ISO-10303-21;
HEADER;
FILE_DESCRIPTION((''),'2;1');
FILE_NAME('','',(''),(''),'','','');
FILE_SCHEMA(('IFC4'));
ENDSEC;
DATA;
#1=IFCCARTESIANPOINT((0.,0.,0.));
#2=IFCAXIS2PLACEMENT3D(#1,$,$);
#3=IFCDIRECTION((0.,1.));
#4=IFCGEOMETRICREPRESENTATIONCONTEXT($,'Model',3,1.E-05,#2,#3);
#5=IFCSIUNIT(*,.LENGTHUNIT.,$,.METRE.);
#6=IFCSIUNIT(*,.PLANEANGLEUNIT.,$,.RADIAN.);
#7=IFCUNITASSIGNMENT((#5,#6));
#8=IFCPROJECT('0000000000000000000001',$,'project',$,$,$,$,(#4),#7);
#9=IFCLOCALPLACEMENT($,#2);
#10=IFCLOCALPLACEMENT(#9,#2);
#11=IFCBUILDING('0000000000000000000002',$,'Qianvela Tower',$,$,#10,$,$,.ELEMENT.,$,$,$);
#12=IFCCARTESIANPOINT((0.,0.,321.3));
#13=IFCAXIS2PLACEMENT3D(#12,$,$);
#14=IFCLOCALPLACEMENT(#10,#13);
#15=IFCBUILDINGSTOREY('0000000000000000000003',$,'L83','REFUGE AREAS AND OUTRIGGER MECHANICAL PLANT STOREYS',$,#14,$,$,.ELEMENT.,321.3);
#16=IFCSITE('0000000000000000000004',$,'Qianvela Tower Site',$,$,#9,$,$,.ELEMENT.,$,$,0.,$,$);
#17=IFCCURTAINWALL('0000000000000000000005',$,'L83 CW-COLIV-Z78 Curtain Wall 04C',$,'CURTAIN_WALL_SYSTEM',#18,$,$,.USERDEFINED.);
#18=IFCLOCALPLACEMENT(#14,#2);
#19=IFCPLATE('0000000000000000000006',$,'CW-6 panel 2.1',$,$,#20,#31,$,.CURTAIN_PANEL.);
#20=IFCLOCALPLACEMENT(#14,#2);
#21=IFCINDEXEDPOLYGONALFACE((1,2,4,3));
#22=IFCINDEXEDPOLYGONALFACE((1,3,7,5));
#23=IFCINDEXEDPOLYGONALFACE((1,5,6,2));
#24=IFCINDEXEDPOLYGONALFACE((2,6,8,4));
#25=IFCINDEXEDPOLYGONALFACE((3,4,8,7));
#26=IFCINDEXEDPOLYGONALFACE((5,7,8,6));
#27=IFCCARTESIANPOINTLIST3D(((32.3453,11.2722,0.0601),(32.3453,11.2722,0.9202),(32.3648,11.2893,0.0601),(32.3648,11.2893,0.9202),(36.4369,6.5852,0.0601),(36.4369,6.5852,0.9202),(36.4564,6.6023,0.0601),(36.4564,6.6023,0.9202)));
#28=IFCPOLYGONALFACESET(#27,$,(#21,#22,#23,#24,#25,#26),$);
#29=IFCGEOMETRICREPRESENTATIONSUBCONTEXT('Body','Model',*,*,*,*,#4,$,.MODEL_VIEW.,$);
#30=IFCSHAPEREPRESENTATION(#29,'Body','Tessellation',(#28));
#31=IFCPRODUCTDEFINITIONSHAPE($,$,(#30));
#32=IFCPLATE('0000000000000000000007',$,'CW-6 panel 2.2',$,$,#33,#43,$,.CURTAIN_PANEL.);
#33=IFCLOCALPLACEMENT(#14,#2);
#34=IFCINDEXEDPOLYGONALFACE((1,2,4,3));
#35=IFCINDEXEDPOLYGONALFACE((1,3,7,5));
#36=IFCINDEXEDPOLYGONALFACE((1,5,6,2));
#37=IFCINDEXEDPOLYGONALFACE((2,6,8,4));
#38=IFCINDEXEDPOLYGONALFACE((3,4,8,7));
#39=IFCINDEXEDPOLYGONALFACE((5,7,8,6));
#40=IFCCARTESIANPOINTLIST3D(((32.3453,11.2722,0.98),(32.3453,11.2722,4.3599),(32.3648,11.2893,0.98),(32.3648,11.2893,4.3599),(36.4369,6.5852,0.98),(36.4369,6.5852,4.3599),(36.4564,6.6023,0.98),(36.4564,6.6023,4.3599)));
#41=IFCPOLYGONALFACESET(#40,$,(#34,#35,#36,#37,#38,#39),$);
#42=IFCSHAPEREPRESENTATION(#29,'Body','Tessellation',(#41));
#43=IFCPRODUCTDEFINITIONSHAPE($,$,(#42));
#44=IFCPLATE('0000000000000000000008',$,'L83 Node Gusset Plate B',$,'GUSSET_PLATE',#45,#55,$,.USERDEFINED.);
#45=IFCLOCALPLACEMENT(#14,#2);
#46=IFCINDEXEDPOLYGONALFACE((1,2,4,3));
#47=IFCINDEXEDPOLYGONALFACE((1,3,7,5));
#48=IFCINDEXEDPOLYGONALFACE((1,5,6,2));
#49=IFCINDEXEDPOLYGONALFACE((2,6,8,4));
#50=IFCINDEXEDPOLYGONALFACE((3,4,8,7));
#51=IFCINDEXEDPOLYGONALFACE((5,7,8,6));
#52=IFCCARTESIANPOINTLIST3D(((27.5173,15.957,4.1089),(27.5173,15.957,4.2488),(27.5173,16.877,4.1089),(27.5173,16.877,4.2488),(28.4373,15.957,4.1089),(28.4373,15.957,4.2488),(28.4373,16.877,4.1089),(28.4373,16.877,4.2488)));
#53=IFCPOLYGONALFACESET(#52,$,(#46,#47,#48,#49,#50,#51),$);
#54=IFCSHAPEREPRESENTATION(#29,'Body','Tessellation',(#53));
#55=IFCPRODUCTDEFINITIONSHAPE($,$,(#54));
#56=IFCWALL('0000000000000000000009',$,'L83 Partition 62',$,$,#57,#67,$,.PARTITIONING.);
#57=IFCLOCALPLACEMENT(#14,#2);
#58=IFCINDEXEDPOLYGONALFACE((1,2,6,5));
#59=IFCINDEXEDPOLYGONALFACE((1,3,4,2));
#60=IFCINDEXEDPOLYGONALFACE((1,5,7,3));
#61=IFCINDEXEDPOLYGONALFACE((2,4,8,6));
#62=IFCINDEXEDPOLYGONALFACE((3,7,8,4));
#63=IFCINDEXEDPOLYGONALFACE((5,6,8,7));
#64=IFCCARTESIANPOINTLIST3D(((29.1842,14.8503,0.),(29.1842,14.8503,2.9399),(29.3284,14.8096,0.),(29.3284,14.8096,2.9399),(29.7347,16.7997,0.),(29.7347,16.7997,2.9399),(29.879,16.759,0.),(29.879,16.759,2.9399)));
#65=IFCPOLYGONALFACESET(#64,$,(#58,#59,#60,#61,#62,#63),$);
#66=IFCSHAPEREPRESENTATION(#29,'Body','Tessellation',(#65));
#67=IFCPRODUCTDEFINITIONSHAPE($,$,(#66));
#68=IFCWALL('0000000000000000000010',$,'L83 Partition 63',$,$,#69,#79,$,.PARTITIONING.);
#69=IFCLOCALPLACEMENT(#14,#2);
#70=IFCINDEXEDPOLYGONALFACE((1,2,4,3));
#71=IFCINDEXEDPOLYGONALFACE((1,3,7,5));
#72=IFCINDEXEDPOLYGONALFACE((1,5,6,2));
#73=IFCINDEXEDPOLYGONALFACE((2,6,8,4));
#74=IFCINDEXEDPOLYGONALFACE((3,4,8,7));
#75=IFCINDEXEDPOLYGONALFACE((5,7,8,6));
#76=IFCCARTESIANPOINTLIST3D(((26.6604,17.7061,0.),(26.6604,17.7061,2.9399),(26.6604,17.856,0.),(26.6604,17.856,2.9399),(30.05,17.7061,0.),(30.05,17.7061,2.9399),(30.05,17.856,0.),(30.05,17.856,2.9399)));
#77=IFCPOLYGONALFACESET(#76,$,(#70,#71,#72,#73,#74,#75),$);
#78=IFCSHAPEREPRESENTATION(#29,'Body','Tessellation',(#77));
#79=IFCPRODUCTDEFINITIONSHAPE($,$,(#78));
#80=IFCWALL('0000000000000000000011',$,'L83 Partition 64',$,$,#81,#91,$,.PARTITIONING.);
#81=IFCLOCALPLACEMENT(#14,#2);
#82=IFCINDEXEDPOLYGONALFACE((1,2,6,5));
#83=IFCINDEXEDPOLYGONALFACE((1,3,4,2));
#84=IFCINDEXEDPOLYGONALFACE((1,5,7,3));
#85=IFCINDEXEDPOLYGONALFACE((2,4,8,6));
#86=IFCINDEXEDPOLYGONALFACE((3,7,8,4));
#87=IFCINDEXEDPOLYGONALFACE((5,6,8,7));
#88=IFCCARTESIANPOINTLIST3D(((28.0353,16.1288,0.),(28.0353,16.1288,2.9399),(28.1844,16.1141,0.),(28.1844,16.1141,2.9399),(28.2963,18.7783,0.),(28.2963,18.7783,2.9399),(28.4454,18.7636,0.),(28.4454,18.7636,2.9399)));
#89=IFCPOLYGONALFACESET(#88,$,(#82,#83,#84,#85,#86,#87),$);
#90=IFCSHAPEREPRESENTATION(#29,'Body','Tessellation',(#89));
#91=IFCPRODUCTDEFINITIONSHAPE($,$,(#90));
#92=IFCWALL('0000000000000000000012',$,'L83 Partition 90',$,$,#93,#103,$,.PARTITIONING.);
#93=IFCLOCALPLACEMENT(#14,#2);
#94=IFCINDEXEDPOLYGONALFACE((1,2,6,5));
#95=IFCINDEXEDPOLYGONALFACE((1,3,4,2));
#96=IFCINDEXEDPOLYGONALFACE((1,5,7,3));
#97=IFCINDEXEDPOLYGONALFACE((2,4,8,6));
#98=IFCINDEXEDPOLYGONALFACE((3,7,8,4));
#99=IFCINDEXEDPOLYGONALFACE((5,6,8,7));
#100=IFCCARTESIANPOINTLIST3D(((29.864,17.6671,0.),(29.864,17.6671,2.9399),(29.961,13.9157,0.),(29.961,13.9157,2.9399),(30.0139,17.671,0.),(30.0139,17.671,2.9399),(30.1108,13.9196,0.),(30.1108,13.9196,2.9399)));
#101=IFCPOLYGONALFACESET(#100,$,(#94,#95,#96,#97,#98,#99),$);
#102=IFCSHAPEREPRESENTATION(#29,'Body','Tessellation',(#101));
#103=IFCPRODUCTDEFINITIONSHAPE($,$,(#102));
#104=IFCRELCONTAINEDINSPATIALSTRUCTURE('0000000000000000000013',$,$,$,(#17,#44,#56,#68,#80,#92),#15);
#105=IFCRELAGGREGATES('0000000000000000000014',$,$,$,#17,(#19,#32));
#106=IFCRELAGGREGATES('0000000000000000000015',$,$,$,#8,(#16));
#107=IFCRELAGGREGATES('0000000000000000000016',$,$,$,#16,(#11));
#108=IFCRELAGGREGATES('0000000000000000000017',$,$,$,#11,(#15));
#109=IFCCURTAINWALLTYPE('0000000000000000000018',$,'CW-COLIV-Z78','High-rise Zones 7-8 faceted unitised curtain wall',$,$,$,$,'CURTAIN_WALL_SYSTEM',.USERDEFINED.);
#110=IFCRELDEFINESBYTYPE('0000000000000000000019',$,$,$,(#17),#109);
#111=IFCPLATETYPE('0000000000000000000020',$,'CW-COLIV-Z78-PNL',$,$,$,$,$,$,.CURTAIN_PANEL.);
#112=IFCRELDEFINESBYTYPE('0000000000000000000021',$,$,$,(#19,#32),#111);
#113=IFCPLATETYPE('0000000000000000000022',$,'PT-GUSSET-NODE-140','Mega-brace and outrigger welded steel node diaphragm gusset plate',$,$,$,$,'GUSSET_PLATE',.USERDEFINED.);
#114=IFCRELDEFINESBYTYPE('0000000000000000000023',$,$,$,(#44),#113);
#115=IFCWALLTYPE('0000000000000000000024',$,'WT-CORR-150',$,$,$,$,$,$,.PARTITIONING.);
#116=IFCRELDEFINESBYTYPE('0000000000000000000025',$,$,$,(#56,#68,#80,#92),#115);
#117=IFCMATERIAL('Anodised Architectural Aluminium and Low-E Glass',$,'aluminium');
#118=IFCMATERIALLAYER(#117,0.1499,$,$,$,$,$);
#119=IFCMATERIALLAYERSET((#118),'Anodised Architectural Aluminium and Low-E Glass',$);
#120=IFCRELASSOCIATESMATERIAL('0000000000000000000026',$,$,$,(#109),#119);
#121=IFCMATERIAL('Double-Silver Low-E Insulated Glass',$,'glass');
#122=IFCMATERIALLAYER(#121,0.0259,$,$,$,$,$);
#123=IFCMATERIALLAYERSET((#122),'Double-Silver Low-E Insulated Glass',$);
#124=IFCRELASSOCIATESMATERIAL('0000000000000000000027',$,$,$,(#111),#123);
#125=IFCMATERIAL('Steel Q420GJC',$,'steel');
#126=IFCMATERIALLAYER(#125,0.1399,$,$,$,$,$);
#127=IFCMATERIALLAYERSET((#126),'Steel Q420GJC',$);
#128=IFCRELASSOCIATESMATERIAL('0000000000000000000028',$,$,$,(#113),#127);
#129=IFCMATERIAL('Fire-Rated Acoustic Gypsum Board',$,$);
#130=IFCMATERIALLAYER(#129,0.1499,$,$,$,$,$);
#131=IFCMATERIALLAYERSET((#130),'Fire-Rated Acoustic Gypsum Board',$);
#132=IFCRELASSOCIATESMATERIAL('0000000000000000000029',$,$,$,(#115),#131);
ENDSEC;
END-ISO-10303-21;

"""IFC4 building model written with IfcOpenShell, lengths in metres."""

from ifc_helpers import new_model, si_unit, direction, frame, frame_2d, origin, origin_2d, place, context, subcontext, project, spatial, rectangle, extrude, material, layer, layer_set, type_object, element, aggregate, save


model = new_model("IFC4")

# Units and contexts
model_context = context("Model", 3, precision=1e-05, world=origin(), true_north=direction((0.0, 1.0)))
body_context = subcontext(model_context, "Body", "Model", "MODEL_VIEW")
ifc_project = project(units=[si_unit("LENGTHUNIT", "METRE"), si_unit("PLANEANGLEUNIT", "RADIAN")], contexts=[model_context])

# Site, building, storey
site_placement = place(None, origin())
site = spatial("IfcSite", under=ifc_project, at=site_placement, Name="Qianvela Tower Site", CompositionType="ELEMENT", RefElevation=0.0)
building_placement = place(site_placement, origin())
building = spatial("IfcBuilding", under=site, at=building_placement, Name="Qianvela Tower", CompositionType="ELEMENT")
storey_placement = place(building_placement, frame((0.0, 0.0, 321.3)))
storey = spatial("IfcBuildingStorey", under=building, at=storey_placement, Name="L83", Description="REFUGE AREAS AND OUTRIGGER MECHANICAL PLANT STOREYS", CompositionType="ELEMENT", Elevation=321.3)

# Curtain wall, plates
ifc_material_1 = material(Name="Anodised Architectural Aluminium and Low-E Glass", Category="aluminium")
ifc_layer_1 = layer(ifc_material_1, 0.1499)
ifc_layer_set_1 = layer_set([ifc_layer_1], Name="Anodised Architectural Aluminium and Low-E Glass")
curtain_wall_type_1 = type_object("IfcCurtainWallType", Name="CW-COLIV-Z78", Description="High-rise Zones 7-8 faceted unitised curtain wall", ElementType="CURTAIN_WALL_SYSTEM", PredefinedType="USERDEFINED", material=ifc_layer_set_1)
curtain_wall_1_placement = place(storey_placement, origin())
curtain_wall_1 = element("IfcCurtainWall", 1, at=curtain_wall_1_placement, inside=storey, type_object=curtain_wall_type_1, Name="L83 CW-COLIV-Z78 Curtain Wall 04C", ObjectType="CURTAIN_WALL_SYSTEM", PredefinedType="USERDEFINED")
ifc_material_2 = material(Name="Double-Silver Low-E Insulated Glass", Category="glass")
ifc_layer_2 = layer(ifc_material_2, 0.0259)
ifc_layer_set_2 = layer_set([ifc_layer_2], Name="Double-Silver Low-E Insulated Glass")
plate_type_1 = type_object("IfcPlateType", Name="CW-COLIV-Z78-PNL", PredefinedType="CURTAIN_PANEL", material=ifc_layer_set_2)
plate_1_placement = place(storey_placement, frame((34.4009, 8.9373, 0.0601), z_axis=(0.0, 0.0, 1.0), x_axis=(0.657639, -0.753333, 0.0)))
plate_1 = element("IfcPlate", 2, at=plate_1_placement, type_object=plate_type_1, Name="CW-6 panel 2.1", PredefinedType="CURTAIN_PANEL", context=body_context, shape_type="SweptSolid", body=[
    extrude(rectangle(XDim=6.2217, YDim=0.0259, at=origin_2d()), origin(), (0.0, 0.0, 1.0), 0.8601),
])
plate_2_placement = place(storey_placement, frame((34.4009, 8.9373, 0.98), z_axis=(0.0, 0.0, 1.0), x_axis=(0.657639, -0.753333, 0.0)))
plate_2 = element("IfcPlate", 3, at=plate_2_placement, type_object=plate_type_1, Name="CW-6 panel 2.2", PredefinedType="CURTAIN_PANEL", context=body_context, shape_type="SweptSolid", body=[
    extrude(rectangle(XDim=6.2217, YDim=0.0259, at=origin_2d()), origin(), (0.0, 0.0, 1.0), 3.3799),
])
aggregate(curtain_wall_1, [plate_1, plate_2])

# Plate
ifc_material_3 = material(Name="Steel Q420GJC", Category="steel")
ifc_layer_3 = layer(ifc_material_3, 0.1399)
ifc_layer_set_3 = layer_set([ifc_layer_3], Name="Steel Q420GJC")
plate_type_2 = type_object("IfcPlateType", Name="PT-GUSSET-NODE-140", Description="Mega-brace and outrigger welded steel node diaphragm gusset plate", ElementType="GUSSET_PLATE", PredefinedType="USERDEFINED", material=ifc_layer_set_3)
plate_3_placement = place(storey_placement, frame((27.9773, 16.417, 4.1089), z_axis=(0.0, 0.0, 1.0), x_axis=(1.0, 0.0, 0.0)))
element("IfcPlate", 4, at=plate_3_placement, inside=storey, type_object=plate_type_2, Name="L83 Node Gusset Plate B", ObjectType="GUSSET_PLATE", PredefinedType="USERDEFINED", context=body_context, shape_type="SweptSolid", body=[
    extrude(rectangle(XDim=0.9199, YDim=0.9199, at=origin_2d()), origin(), (0.0, 0.0, 1.0), 0.1399),
])

# Walls
ifc_material_4 = material(Name="Fire-Rated Acoustic Gypsum Board")
ifc_layer_4 = layer(ifc_material_4, 0.1499)
ifc_layer_set_4 = layer_set([ifc_layer_4], Name="Fire-Rated Acoustic Gypsum Board")
wall_type = type_object("IfcWallType", Name="WT-CORR-150", PredefinedType="PARTITIONING", material=ifc_layer_set_4)
wall_1_placement = place(storey_placement, frame((29.2563, 14.8301, 0.0), z_axis=(0.0, 0.0, 1.0), x_axis=(0.271775, 0.962361, 0.0)))
element("IfcWall", 5, at=wall_1_placement, inside=storey, type_object=wall_type, Name="L83 Partition 62", PredefinedType="PARTITIONING", context=body_context, shape_type="SweptSolid", body=[
    extrude(rectangle(XDim=2.0256, YDim=0.1499, at=frame_2d((1.0127, 0.0))), origin(), (0.0, 0.0, 1.0), 2.9399),
])
wall_2_placement = place(storey_placement, frame((30.05, 17.781, 0.0), z_axis=(0.0, 0.0, 1.0), x_axis=(-1.0, 0.0, 0.0)))
element("IfcWall", 6, at=wall_2_placement, inside=storey, type_object=wall_type, Name="L83 Partition 63", PredefinedType="PARTITIONING", context=body_context, shape_type="SweptSolid", body=[
    extrude(rectangle(XDim=3.3896, YDim=0.1499, at=frame_2d((1.6948, 0.0))), origin(), (0.0, 0.0, 1.0), 2.9399),
])
wall_3_placement = place(storey_placement, frame((28.1099, 16.1216, 0.0), z_axis=(0.0, 0.0, 1.0), x_axis=(0.098033, 0.995183, 0.0)))
element("IfcWall", 7, at=wall_3_placement, inside=storey, type_object=wall_type, Name="L83 Partition 64", PredefinedType="PARTITIONING", context=body_context, shape_type="SweptSolid", body=[
    extrude(rectangle(XDim=2.6624, YDim=0.1499, at=frame_2d((1.3311, 0.0))), origin(), (0.0, 0.0, 1.0), 2.9399),
])
wall_4_placement = place(storey_placement, frame((29.939, 17.6692, 0.0), z_axis=(0.0, 0.0, 1.0), x_axis=(0.025828, -0.999666, 0.0)))
element("IfcWall", 8, at=wall_4_placement, inside=storey, type_object=wall_type, Name="L83 Partition 90", PredefinedType="PARTITIONING", context=body_context, shape_type="SweptSolid", body=[
    extrude(rectangle(XDim=3.7527, YDim=0.1499, at=frame_2d((1.8765, 0.0))), origin(), (0.0, 0.0, 1.0), 2.9399),
])

save(model, "model.ifc")
